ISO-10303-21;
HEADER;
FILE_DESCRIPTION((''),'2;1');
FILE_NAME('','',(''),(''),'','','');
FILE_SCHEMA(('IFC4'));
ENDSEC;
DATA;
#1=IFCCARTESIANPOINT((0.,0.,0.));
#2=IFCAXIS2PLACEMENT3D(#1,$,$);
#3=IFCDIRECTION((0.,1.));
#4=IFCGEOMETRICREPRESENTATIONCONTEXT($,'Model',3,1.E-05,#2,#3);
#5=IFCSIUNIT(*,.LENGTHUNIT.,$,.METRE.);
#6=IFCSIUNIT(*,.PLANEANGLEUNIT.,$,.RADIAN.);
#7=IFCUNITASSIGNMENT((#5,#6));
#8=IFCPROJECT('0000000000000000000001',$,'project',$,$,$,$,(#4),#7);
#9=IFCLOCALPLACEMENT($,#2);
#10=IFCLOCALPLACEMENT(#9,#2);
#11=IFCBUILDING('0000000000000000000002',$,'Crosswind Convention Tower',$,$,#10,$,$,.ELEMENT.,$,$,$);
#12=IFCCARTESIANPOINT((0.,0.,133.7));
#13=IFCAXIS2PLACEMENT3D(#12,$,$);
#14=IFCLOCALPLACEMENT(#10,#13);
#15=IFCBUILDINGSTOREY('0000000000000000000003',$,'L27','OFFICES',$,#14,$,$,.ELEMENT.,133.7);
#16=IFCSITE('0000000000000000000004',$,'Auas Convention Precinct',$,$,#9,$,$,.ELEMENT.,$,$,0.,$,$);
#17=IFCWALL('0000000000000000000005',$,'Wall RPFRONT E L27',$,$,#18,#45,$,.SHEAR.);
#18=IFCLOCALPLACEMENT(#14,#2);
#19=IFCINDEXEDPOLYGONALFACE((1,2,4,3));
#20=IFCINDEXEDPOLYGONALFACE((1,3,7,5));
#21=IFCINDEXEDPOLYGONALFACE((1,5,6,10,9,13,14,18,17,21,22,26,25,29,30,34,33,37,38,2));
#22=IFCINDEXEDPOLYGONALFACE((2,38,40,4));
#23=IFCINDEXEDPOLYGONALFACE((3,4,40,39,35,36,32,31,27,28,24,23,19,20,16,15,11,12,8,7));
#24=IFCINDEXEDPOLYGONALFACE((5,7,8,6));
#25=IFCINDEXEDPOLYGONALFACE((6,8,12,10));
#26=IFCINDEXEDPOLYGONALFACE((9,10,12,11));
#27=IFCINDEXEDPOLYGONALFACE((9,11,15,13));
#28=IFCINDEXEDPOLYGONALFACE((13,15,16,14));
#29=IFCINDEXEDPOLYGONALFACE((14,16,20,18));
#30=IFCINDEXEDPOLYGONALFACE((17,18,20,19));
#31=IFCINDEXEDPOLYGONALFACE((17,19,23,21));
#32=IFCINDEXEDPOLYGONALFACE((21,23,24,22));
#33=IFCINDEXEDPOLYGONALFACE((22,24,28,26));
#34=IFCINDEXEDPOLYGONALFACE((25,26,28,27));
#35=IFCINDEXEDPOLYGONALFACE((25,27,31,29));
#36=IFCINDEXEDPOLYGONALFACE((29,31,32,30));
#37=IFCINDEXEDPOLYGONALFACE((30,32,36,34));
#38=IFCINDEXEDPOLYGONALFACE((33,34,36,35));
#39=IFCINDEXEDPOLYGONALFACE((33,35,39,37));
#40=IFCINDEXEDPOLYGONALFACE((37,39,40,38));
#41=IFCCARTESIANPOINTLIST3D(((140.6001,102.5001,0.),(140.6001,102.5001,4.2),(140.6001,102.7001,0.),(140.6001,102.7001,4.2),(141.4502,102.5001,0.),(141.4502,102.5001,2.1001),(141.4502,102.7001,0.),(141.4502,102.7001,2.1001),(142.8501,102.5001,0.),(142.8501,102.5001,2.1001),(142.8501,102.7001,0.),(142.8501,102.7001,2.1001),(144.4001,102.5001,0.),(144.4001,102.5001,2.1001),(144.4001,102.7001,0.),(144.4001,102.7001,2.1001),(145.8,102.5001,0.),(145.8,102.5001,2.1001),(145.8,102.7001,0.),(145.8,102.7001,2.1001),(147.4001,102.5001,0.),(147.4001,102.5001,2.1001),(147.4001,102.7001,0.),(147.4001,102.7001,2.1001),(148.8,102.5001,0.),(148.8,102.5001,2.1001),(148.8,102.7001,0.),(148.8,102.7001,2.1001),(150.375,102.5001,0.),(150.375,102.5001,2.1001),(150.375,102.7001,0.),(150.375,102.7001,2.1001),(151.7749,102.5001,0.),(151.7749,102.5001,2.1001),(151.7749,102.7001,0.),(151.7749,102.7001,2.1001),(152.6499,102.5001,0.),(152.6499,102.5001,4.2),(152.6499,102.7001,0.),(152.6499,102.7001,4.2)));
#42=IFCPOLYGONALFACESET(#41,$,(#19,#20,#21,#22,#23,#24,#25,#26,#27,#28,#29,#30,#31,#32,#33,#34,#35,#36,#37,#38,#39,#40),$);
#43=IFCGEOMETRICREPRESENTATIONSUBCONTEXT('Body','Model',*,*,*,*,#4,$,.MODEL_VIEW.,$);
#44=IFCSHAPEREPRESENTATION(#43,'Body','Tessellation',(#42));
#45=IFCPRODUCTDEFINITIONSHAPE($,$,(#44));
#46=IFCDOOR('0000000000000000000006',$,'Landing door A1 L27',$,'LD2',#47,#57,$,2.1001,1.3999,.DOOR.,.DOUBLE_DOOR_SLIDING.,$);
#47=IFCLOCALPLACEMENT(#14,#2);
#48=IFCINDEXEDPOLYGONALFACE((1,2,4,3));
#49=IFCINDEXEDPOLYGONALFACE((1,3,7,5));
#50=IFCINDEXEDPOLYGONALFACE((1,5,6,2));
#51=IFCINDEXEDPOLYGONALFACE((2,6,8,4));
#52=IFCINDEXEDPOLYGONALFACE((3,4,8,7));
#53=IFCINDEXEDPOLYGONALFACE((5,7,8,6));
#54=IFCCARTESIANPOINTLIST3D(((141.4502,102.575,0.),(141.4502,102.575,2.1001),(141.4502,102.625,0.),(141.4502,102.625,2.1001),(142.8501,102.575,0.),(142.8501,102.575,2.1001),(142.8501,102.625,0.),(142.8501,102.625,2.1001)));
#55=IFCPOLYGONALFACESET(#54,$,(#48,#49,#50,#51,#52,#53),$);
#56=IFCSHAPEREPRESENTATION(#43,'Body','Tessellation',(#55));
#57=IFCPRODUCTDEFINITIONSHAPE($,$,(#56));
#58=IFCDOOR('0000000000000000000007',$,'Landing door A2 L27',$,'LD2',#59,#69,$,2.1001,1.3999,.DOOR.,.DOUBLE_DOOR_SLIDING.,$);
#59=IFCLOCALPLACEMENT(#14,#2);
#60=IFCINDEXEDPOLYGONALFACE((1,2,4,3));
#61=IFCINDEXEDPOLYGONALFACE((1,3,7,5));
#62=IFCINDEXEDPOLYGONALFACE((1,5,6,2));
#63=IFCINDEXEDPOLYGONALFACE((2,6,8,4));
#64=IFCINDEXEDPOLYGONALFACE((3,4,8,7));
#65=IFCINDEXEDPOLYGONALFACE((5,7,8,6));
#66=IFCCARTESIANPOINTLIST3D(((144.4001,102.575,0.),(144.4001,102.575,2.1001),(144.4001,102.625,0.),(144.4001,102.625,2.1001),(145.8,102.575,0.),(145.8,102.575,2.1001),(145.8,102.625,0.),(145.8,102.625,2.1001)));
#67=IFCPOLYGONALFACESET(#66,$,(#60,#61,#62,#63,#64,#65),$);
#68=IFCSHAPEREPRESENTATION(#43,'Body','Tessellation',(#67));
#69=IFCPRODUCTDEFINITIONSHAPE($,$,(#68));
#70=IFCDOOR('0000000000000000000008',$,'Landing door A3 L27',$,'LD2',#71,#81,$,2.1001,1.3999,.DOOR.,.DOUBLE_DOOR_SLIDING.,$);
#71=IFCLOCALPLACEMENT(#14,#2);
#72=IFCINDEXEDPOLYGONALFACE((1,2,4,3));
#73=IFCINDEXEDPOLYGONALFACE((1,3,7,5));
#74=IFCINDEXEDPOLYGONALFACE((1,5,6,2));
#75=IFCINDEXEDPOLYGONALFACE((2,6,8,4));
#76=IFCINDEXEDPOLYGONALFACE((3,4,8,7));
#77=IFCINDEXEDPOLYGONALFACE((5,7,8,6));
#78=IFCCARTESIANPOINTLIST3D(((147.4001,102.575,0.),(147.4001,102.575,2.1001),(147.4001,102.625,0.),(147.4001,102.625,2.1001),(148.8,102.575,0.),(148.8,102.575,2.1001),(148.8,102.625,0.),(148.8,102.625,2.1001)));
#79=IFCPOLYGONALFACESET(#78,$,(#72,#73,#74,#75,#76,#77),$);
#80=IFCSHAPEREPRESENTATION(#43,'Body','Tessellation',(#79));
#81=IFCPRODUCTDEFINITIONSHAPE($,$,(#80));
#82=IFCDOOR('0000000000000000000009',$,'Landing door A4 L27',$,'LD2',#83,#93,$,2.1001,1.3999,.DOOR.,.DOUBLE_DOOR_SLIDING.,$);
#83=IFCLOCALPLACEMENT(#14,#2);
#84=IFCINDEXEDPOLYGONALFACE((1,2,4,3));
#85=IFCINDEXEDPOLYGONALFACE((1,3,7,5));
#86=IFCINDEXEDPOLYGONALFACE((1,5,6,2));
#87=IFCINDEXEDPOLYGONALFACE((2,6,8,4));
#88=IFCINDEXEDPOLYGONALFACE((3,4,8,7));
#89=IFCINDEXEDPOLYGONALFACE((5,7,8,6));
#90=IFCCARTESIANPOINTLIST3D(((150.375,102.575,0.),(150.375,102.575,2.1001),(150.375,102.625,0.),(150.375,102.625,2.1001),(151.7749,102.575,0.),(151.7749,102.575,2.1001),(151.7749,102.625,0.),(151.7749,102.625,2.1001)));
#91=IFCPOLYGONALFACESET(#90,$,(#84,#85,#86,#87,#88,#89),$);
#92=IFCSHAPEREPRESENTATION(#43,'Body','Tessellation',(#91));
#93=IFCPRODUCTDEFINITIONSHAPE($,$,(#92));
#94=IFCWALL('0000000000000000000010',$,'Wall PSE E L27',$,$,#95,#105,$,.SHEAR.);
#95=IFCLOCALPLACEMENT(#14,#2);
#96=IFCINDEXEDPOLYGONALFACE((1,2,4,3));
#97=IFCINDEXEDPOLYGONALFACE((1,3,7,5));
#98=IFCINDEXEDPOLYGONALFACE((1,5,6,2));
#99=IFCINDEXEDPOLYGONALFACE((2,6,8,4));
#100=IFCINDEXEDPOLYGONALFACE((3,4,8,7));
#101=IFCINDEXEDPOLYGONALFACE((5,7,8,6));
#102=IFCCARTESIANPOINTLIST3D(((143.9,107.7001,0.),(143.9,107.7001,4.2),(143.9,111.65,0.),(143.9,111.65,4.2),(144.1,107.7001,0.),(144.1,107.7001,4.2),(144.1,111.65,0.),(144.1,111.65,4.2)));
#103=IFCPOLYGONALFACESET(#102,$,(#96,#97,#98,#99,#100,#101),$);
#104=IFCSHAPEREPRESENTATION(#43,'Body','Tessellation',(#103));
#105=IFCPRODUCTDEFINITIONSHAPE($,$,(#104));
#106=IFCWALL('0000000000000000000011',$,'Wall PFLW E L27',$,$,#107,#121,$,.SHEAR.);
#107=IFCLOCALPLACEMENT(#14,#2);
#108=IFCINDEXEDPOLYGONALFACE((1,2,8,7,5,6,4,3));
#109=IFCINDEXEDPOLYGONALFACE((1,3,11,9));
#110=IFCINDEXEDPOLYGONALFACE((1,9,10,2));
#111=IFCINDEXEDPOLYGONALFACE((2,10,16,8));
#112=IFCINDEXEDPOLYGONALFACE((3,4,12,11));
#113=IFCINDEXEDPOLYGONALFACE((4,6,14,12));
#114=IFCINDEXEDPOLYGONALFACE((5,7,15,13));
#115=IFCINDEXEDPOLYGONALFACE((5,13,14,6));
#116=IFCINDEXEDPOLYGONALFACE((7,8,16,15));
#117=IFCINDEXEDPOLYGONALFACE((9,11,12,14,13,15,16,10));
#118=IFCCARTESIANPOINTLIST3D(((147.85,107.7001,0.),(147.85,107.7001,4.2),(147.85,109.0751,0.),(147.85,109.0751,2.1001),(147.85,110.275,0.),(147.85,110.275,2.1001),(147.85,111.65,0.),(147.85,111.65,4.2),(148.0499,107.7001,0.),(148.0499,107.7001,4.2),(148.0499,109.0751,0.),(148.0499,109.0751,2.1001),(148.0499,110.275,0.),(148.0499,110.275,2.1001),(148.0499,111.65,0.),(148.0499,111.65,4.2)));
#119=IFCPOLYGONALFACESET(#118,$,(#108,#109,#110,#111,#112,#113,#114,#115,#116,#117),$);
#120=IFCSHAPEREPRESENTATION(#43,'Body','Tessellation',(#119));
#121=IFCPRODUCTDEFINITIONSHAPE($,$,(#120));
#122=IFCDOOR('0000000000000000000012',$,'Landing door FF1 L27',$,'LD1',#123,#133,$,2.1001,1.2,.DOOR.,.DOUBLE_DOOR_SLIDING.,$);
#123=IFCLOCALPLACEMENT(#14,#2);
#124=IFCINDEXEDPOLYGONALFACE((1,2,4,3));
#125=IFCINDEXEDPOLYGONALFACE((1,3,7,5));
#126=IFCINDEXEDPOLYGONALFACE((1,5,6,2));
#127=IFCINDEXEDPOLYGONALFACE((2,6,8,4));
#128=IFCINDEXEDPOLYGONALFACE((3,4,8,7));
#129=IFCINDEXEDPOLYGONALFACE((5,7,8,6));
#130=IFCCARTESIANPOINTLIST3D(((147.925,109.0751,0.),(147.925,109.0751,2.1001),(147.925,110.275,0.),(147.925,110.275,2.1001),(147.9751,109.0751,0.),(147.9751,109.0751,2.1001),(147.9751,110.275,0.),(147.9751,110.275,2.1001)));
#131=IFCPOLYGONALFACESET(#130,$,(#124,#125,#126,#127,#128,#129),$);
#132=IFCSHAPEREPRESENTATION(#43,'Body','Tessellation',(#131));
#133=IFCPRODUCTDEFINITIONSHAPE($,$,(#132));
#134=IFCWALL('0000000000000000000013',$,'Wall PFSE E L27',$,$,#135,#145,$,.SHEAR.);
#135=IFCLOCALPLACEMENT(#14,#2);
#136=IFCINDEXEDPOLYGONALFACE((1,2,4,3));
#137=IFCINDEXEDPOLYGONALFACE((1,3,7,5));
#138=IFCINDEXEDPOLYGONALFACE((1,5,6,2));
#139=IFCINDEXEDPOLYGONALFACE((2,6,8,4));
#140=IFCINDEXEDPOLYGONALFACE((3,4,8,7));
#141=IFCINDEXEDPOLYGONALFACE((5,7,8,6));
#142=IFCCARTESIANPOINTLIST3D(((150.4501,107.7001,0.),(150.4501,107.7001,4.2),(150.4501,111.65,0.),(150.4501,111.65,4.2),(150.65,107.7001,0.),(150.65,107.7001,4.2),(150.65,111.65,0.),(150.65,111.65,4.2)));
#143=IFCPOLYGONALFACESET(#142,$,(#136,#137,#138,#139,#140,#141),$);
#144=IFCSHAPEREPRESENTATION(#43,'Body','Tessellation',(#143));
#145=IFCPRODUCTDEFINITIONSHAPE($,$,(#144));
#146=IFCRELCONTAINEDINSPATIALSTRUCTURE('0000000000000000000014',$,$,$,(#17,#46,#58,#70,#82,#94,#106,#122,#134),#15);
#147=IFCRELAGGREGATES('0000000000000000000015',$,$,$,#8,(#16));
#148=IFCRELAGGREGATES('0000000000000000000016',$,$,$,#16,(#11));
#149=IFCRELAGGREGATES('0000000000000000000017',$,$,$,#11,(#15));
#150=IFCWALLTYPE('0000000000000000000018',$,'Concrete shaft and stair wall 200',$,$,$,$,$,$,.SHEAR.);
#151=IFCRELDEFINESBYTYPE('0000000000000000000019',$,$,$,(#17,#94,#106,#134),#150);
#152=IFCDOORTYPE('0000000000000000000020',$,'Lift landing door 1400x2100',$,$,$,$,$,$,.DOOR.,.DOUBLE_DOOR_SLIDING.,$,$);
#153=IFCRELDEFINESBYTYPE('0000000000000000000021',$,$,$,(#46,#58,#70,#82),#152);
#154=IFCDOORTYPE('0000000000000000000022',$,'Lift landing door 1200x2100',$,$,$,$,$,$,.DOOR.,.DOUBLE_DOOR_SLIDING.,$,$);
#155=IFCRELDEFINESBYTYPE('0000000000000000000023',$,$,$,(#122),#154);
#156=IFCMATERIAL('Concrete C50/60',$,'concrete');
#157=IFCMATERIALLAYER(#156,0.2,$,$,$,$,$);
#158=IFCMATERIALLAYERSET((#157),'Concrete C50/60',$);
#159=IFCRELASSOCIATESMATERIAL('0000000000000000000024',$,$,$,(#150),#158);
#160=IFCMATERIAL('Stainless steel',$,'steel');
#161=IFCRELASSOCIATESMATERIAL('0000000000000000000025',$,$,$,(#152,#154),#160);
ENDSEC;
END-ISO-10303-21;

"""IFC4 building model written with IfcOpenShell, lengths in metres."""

from ifc_helpers import new_model, si_unit, direction, frame, frame_2d, origin, place, context, subcontext, project, spatial, rectangle, extrude, material, layer, layer_set, type_object, element, fill, save


model = new_model("IFC4")

# Units and contexts
model_context = context("Model", 3, precision=1e-05, world=origin(), true_north=direction((0.0, 1.0)))
body_context = subcontext(model_context, "Body", "Model", "MODEL_VIEW")
ifc_project = project(units=[si_unit("LENGTHUNIT", "METRE"), si_unit("PLANEANGLEUNIT", "RADIAN")], contexts=[model_context])

# Site, building, storey
site_placement = place(None, origin())
site = spatial("IfcSite", under=ifc_project, at=site_placement, Name="Auas Convention Precinct", CompositionType="ELEMENT", RefElevation=0.0)
building_placement = place(site_placement, origin())
building = spatial("IfcBuilding", under=site, at=building_placement, Name="Crosswind Convention Tower", CompositionType="ELEMENT")
storey_placement = place(building_placement, frame((0.0, 0.0, 133.7)))
storey = spatial("IfcBuildingStorey", under=building, at=storey_placement, Name="L27", Description="OFFICES", CompositionType="ELEMENT", Elevation=133.7)

# Shared definitions
ifc_material_1 = material(Name="Concrete C50/60", Category="concrete")
ifc_layer_1 = layer(ifc_material_1, 0.2)
ifc_layer_set_1 = layer_set([ifc_layer_1], Name="Concrete C50/60")
wall_type_1 = type_object("IfcWallType", Name="Concrete shaft and stair wall 200", PredefinedType="SHEAR", material=ifc_layer_set_1)

# Wall, openings, doors
wall_1_placement = place(storey_placement, frame((140.6001, 102.6001, 0.0), z_axis=(0.0, 0.0, 1.0), x_axis=(1.0, 0.0, 0.0)))
wall_1 = element("IfcWall", 1, at=wall_1_placement, inside=storey, type_object=wall_type_1, Name="Wall RPFRONT E L27", PredefinedType="SHEAR", context=body_context, shape_type="SweptSolid", body=[
    extrude(rectangle(XDim=12.0498, YDim=0.2, at=frame_2d((6.0249, 0.0))), origin(), (0.0, 0.0, 1.0), 4.2),
])
opening_1_placement = place(wall_1_placement, frame((0.8501, 0.0, 0.0)))
opening_1 = element("IfcOpeningElement", 2, at=opening_1_placement, cuts=wall_1, PredefinedType="OPENING", context=body_context, shape_type="SweptSolid", body=[
    extrude(rectangle(XDim=1.3999, YDim=2.1001, at=frame_2d((0.7, 1.05))), frame((0.0, 0.1099, 0.0), z_axis=(0.0, -1.0, 0.0), x_axis=(1.0, 0.0, 0.0)), (0.0, 0.0, 1.0), 0.22),
])
opening_2_placement = place(wall_1_placement, frame((3.8, 0.0, 0.0)))
opening_2 = element("IfcOpeningElement", 3, at=opening_2_placement, cuts=wall_1, PredefinedType="OPENING", context=body_context, shape_type="SweptSolid", body=[
    extrude(rectangle(XDim=1.3999, YDim=2.1001, at=frame_2d((0.7, 1.05))), frame((0.0, 0.1099, 0.0), z_axis=(0.0, -1.0, 0.0), x_axis=(1.0, 0.0, 0.0)), (0.0, 0.0, 1.0), 0.22),
])
opening_3_placement = place(wall_1_placement, frame((6.8, 0.0, 0.0)))
opening_3 = element("IfcOpeningElement", 4, at=opening_3_placement, cuts=wall_1, PredefinedType="OPENING", context=body_context, shape_type="SweptSolid", body=[
    extrude(rectangle(XDim=1.3999, YDim=2.1001, at=frame_2d((0.7, 1.05))), frame((0.0, 0.1099, 0.0), z_axis=(0.0, -1.0, 0.0), x_axis=(1.0, 0.0, 0.0)), (0.0, 0.0, 1.0), 0.22),
])
opening_4_placement = place(wall_1_placement, frame((9.7749, 0.0, 0.0)))
opening_4 = element("IfcOpeningElement", 5, at=opening_4_placement, cuts=wall_1, PredefinedType="OPENING", context=body_context, shape_type="SweptSolid", body=[
    extrude(rectangle(XDim=1.3999, YDim=2.1001, at=frame_2d((0.7, 1.05))), frame((0.0, 0.1099, 0.0), z_axis=(0.0, -1.0, 0.0), x_axis=(1.0, 0.0, 0.0)), (0.0, 0.0, 1.0), 0.22),
])
ifc_material_2 = material(Name="Stainless steel", Category="steel")
door_type_1 = type_object("IfcDoorType", Name="Lift landing door 1400x2100", OperationType="DOUBLE_DOOR_SLIDING", PredefinedType="DOOR", material=ifc_material_2)
door_1_placement = place(opening_1_placement, origin())
door_1 = element("IfcDoor", 6, at=door_1_placement, inside=storey, type_object=door_type_1, Name="Landing door A1 L27", ObjectType="LD2", OperationType="DOUBLE_DOOR_SLIDING", OverallHeight=2.1001, OverallWidth=1.3999, PredefinedType="DOOR", context=body_context, shape_type="SweptSolid", body=[
    extrude(rectangle(XDim=1.3999, YDim=2.1001, at=frame_2d((0.7, 1.05))), frame((0.0, 0.0249, 0.0), z_axis=(0.0, -1.0, 0.0), x_axis=(1.0, 0.0, 0.0)), (0.0, 0.0, 1.0), 0.05),
])
fill(opening_1, door_1)
door_2_placement = place(opening_2_placement, origin())
door_2 = element("IfcDoor", 7, at=door_2_placement, inside=storey, type_object=door_type_1, Name="Landing door A2 L27", ObjectType="LD2", OperationType="DOUBLE_DOOR_SLIDING", OverallHeight=2.1001, OverallWidth=1.3999, PredefinedType="DOOR", context=body_context, shape_type="SweptSolid", body=[
    extrude(rectangle(XDim=1.3999, YDim=2.1001, at=frame_2d((0.7, 1.05))), frame((0.0, 0.0249, 0.0), z_axis=(0.0, -1.0, 0.0), x_axis=(1.0, 0.0, 0.0)), (0.0, 0.0, 1.0), 0.05),
])
fill(opening_2, door_2)
door_3_placement = place(opening_3_placement, origin())
door_3 = element("IfcDoor", 8, at=door_3_placement, inside=storey, type_object=door_type_1, Name="Landing door A3 L27", ObjectType="LD2", OperationType="DOUBLE_DOOR_SLIDING", OverallHeight=2.1001, OverallWidth=1.3999, PredefinedType="DOOR", context=body_context, shape_type="SweptSolid", body=[
    extrude(rectangle(XDim=1.3999, YDim=2.1001, at=frame_2d((0.7, 1.05))), frame((0.0, 0.0249, 0.0), z_axis=(0.0, -1.0, 0.0), x_axis=(1.0, 0.0, 0.0)), (0.0, 0.0, 1.0), 0.05),
])
fill(opening_3, door_3)
door_4_placement = place(opening_4_placement, origin())
door_4 = element("IfcDoor", 9, at=door_4_placement, inside=storey, type_object=door_type_1, Name="Landing door A4 L27", ObjectType="LD2", OperationType="DOUBLE_DOOR_SLIDING", OverallHeight=2.1001, OverallWidth=1.3999, PredefinedType="DOOR", context=body_context, shape_type="SweptSolid", body=[
    extrude(rectangle(XDim=1.3999, YDim=2.1001, at=frame_2d((0.7, 1.05))), frame((0.0, 0.0249, 0.0), z_axis=(0.0, -1.0, 0.0), x_axis=(1.0, 0.0, 0.0)), (0.0, 0.0, 1.0), 0.05),
])
fill(opening_4, door_4)

# Wall
wall_2_placement = place(storey_placement, frame((144.0, 107.7, 0.0), z_axis=(0.0, 0.0, 1.0), x_axis=(0.0, 1.0, 0.0)))
element("IfcWall", 10, at=wall_2_placement, inside=storey, type_object=wall_type_1, Name="Wall PSE E L27", PredefinedType="SHEAR", context=body_context, shape_type="SweptSolid", body=[
    extrude(rectangle(XDim=3.95, YDim=0.2, at=frame_2d((1.9751, 0.0))), origin(), (0.0, 0.0, 1.0), 4.2),
])

# Wall, opening, door
wall_3_placement = place(storey_placement, frame((147.95, 107.7, 0.0), z_axis=(0.0, 0.0, 1.0), x_axis=(0.0, 1.0, 0.0)))
wall_3 = element("IfcWall", 11, at=wall_3_placement, inside=storey, type_object=wall_type_1, Name="Wall PFLW E L27", PredefinedType="SHEAR", context=body_context, shape_type="SweptSolid", body=[
    extrude(rectangle(XDim=3.95, YDim=0.2, at=frame_2d((1.9751, 0.0))), origin(), (0.0, 0.0, 1.0), 4.2),
])
opening_5_placement = place(wall_3_placement, frame((1.375, 0.0, 0.0)))
opening_5 = element("IfcOpeningElement", 12, at=opening_5_placement, cuts=wall_3, PredefinedType="OPENING", context=body_context, shape_type="SweptSolid", body=[
    extrude(rectangle(XDim=1.2, YDim=2.1001, at=frame_2d((0.6001, 1.05))), frame((0.0, 0.1099, 0.0), z_axis=(0.0, -1.0, 0.0), x_axis=(1.0, 0.0, 0.0)), (0.0, 0.0, 1.0), 0.22),
])
door_type_2 = type_object("IfcDoorType", Name="Lift landing door 1200x2100", OperationType="DOUBLE_DOOR_SLIDING", PredefinedType="DOOR", material=ifc_material_2)
door_5_placement = place(opening_5_placement, origin())
door_5 = element("IfcDoor", 13, at=door_5_placement, inside=storey, type_object=door_type_2, Name="Landing door FF1 L27", ObjectType="LD1", OperationType="DOUBLE_DOOR_SLIDING", OverallHeight=2.1001, OverallWidth=1.2, PredefinedType="DOOR", context=body_context, shape_type="SweptSolid", body=[
    extrude(rectangle(XDim=1.2, YDim=2.1001, at=frame_2d((0.6001, 1.05))), frame((0.0, 0.0249, 0.0), z_axis=(0.0, -1.0, 0.0), x_axis=(1.0, 0.0, 0.0)), (0.0, 0.0, 1.0), 0.05),
])
fill(opening_5, door_5)

# Wall
wall_4_placement = place(storey_placement, frame((150.55, 107.7, 0.0), z_axis=(0.0, 0.0, 1.0), x_axis=(0.0, 1.0, 0.0)))
element("IfcWall", 14, at=wall_4_placement, inside=storey, type_object=wall_type_1, Name="Wall PFSE E L27", PredefinedType="SHEAR", context=body_context, shape_type="SweptSolid", body=[
    extrude(rectangle(XDim=3.95, YDim=0.2, at=frame_2d((1.9751, 0.0))), origin(), (0.0, 0.0, 1.0), 4.2),
])

save(model, "model.ifc")
